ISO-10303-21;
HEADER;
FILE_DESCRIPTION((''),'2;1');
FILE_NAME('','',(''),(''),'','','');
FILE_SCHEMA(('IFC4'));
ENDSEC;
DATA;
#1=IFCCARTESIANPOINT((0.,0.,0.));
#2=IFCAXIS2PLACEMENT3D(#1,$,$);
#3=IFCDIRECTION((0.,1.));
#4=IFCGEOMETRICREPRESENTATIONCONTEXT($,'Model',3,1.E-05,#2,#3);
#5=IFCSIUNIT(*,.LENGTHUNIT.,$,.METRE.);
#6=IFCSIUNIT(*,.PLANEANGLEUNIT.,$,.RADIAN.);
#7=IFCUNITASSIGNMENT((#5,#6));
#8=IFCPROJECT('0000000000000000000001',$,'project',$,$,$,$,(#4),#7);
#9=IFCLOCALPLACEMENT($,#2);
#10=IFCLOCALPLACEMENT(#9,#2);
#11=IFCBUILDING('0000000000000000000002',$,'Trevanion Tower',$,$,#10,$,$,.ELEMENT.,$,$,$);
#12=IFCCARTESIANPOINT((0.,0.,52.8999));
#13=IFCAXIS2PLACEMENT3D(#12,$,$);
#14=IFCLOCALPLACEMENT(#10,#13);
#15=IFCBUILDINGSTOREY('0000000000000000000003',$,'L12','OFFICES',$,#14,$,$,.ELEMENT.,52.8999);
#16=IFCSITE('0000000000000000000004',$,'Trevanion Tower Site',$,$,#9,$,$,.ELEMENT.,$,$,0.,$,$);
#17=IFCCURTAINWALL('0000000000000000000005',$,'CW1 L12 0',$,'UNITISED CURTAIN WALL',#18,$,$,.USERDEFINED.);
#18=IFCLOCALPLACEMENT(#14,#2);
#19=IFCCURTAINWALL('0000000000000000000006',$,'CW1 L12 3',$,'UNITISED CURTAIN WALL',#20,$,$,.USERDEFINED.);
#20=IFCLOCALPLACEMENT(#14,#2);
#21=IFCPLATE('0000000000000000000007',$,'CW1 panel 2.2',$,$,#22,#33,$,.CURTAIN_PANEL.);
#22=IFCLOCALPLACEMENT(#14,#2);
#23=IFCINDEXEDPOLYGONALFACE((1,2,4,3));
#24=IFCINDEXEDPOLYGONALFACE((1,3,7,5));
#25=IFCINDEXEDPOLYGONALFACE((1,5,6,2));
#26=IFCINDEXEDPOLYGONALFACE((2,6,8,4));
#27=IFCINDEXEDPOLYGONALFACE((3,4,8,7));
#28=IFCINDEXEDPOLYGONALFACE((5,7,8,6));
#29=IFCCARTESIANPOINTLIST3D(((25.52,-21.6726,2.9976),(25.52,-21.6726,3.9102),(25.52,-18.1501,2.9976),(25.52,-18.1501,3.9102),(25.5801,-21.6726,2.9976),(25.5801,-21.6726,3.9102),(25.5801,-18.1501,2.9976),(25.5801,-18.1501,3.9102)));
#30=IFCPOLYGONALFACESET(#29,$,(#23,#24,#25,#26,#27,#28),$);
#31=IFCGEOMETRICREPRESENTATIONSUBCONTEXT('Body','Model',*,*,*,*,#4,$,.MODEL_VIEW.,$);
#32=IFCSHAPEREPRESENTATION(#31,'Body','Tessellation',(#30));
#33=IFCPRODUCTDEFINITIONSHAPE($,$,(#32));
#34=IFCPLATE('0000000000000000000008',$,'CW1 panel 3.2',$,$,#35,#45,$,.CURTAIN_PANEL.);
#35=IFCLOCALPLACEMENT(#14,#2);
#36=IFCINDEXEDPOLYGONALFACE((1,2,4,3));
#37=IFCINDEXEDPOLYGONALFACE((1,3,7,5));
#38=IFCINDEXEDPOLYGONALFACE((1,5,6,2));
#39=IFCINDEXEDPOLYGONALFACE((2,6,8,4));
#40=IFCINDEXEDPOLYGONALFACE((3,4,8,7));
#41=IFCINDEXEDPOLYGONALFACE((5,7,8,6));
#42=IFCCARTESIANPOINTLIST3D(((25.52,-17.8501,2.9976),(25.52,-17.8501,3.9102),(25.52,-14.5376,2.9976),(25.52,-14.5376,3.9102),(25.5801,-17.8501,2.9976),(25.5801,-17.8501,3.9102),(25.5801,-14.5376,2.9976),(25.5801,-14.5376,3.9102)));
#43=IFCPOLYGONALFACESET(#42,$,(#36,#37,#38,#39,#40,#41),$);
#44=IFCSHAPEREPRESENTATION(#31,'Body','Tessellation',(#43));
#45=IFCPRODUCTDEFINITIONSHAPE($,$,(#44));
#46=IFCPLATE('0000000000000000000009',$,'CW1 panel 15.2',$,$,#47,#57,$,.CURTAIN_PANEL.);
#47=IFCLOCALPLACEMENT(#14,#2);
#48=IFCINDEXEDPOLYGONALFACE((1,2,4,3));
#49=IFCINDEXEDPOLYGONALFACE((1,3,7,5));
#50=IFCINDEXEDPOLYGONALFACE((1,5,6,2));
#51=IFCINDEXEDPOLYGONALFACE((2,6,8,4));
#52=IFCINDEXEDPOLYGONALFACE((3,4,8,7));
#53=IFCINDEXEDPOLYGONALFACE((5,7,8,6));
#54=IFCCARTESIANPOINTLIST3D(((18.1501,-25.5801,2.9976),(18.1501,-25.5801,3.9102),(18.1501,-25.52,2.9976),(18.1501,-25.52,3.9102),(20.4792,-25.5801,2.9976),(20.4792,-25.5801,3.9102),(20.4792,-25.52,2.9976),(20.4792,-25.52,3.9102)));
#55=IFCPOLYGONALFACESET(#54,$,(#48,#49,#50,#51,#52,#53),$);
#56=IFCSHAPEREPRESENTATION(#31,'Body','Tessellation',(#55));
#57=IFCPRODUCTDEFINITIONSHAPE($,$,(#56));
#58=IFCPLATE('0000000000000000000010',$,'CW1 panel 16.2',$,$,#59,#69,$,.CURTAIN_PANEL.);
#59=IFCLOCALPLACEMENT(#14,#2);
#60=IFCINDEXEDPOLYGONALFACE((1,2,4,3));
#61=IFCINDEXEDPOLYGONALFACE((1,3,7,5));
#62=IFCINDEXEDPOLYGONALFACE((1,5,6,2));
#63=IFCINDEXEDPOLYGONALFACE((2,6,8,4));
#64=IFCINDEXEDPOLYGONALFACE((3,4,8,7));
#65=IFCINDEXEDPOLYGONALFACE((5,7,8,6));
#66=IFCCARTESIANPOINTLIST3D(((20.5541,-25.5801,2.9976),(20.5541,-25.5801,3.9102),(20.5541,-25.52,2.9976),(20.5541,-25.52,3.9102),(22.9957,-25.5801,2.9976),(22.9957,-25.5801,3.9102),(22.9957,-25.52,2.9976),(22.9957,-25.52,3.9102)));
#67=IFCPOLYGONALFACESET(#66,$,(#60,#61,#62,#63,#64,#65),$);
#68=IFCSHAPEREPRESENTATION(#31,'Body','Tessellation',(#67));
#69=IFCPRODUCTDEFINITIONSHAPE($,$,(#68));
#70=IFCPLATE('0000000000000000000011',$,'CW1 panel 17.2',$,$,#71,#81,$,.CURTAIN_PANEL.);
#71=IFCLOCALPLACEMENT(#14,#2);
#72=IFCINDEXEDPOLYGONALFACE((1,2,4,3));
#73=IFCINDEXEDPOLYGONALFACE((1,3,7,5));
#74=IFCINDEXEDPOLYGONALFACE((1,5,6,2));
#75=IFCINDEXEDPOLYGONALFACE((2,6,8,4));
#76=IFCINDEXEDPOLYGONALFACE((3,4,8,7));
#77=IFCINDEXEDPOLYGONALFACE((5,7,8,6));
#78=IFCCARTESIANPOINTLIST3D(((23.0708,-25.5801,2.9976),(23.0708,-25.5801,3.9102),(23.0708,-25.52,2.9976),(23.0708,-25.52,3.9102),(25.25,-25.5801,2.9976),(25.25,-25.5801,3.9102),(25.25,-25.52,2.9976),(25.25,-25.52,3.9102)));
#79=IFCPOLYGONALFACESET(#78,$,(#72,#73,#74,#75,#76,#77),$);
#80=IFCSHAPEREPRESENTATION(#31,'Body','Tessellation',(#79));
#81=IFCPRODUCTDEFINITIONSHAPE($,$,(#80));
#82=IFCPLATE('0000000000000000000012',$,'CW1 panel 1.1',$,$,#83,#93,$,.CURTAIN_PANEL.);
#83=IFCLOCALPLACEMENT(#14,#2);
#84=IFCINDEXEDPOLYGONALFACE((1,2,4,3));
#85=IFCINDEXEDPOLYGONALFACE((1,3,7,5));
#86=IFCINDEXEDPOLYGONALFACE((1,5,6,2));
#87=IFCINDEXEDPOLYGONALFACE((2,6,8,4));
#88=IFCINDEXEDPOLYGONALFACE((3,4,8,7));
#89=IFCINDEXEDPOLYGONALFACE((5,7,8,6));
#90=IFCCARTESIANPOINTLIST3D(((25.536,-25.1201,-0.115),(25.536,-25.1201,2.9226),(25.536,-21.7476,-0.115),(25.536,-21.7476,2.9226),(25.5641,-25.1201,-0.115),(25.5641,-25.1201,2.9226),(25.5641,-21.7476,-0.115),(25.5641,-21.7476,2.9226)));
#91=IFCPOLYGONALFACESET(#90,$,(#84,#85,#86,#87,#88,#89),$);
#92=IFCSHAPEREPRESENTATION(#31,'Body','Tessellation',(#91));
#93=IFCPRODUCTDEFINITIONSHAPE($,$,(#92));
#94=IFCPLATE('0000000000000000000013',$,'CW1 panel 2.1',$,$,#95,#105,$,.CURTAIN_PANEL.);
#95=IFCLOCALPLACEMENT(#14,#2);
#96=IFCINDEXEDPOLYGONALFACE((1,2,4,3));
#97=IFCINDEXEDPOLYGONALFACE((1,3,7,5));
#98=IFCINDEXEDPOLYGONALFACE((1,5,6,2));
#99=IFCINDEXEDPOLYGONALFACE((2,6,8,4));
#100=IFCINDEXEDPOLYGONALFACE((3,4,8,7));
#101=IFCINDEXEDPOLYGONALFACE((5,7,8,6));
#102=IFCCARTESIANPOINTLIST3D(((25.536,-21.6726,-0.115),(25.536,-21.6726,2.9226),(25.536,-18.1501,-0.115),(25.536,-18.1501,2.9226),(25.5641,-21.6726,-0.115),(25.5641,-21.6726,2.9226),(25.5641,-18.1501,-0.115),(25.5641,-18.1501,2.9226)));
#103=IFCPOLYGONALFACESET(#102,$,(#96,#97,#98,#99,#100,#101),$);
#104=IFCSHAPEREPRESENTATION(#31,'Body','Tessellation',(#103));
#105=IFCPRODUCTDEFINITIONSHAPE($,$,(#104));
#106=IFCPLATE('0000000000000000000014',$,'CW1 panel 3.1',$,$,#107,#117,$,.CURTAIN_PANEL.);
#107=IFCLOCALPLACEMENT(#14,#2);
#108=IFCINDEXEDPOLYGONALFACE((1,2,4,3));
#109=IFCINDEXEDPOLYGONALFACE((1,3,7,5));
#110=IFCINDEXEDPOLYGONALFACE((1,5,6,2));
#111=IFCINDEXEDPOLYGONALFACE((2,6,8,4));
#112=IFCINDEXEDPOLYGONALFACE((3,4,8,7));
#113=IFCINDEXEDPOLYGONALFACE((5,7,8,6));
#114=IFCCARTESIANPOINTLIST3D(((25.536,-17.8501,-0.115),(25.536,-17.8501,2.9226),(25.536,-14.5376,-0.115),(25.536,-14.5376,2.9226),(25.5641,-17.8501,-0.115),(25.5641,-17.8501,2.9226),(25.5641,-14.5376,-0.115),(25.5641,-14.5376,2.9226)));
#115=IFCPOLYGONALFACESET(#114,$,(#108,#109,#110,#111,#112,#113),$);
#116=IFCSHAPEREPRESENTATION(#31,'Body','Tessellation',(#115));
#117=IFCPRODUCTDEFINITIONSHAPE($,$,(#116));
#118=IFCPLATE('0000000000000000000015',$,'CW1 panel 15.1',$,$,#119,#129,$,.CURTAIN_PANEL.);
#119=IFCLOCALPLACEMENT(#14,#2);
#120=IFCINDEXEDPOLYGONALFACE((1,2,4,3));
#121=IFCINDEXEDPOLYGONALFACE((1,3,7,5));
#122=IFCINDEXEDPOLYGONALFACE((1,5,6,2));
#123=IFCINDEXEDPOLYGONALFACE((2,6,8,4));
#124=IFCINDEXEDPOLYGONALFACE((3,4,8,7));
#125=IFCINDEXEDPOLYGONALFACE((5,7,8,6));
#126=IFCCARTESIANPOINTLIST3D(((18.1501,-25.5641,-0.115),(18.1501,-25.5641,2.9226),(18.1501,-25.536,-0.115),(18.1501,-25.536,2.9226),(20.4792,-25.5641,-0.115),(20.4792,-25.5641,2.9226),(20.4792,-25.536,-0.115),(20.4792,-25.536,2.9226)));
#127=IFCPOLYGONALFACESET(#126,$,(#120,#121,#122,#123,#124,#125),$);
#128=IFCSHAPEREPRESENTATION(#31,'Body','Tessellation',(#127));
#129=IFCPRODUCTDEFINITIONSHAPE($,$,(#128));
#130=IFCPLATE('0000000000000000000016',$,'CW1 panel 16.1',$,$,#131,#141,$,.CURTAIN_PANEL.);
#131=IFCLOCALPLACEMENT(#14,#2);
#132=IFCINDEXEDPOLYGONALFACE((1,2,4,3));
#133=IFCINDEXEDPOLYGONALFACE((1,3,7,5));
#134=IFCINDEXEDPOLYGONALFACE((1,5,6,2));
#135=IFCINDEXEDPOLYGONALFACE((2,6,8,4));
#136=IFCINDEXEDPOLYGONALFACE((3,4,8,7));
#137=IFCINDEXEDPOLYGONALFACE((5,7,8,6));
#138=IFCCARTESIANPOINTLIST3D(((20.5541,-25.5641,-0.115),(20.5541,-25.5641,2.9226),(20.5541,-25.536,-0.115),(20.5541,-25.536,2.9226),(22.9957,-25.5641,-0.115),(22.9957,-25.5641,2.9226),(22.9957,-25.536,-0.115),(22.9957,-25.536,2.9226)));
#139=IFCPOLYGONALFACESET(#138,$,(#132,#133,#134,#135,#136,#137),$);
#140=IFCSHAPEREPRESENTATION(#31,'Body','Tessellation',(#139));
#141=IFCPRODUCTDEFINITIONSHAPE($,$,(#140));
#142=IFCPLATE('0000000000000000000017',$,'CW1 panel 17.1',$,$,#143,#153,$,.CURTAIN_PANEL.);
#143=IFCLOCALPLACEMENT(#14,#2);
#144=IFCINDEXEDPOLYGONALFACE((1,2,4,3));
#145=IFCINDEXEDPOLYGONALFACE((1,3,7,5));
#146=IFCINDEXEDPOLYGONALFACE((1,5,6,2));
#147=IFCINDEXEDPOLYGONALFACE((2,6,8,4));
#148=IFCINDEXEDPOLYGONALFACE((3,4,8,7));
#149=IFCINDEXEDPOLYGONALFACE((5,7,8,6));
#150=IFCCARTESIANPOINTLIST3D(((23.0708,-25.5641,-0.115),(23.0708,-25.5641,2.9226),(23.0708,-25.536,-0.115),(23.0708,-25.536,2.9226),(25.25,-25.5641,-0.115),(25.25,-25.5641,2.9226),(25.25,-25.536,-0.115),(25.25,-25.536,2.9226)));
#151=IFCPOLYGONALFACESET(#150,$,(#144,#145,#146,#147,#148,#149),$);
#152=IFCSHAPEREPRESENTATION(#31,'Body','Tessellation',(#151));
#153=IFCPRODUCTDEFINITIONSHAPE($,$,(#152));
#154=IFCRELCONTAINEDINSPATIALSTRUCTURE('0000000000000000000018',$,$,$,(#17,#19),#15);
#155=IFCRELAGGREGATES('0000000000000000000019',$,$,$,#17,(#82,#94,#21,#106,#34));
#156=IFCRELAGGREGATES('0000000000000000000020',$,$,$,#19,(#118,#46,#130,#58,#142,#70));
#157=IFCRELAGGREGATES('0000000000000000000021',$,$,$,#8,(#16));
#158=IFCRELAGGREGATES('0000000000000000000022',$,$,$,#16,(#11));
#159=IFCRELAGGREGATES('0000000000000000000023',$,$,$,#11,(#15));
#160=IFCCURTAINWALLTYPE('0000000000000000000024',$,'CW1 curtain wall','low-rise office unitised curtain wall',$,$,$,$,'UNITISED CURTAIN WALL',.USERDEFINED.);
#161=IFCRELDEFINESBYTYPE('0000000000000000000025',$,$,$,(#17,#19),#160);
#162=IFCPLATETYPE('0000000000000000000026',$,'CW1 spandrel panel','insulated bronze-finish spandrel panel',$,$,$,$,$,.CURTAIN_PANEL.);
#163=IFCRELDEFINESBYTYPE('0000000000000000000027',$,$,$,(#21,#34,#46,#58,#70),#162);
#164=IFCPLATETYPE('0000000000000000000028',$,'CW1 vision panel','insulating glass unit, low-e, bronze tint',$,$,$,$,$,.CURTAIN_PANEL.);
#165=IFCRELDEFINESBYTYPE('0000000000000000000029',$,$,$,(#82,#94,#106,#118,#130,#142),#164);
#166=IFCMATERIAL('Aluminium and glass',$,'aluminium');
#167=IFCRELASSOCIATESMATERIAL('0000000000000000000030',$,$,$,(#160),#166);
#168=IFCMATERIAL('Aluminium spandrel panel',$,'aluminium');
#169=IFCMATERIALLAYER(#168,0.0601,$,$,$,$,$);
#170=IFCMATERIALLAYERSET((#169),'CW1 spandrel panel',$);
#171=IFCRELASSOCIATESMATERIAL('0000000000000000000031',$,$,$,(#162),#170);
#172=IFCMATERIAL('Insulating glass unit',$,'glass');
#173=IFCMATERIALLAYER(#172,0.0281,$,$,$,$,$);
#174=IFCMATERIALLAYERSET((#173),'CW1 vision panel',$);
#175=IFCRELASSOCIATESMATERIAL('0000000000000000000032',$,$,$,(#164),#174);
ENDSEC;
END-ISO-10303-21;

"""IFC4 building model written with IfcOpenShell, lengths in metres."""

from ifc_helpers import new_model, si_unit, direction, frame, origin, origin_2d, place, context, subcontext, project, spatial, rectangle, extrude, material, layer, layer_set, type_object, element, aggregate, save


model = new_model("IFC4")

# Units and contexts
model_context = context("Model", 3, precision=1e-05, world=origin(), true_north=direction((0.0, 1.0)))
body_context = subcontext(model_context, "Body", "Model", "MODEL_VIEW")
ifc_project = project(units=[si_unit("LENGTHUNIT", "METRE"), si_unit("PLANEANGLEUNIT", "RADIAN")], contexts=[model_context])

# Site, building, storey
site_placement = place(None, origin())
site = spatial("IfcSite", under=ifc_project, at=site_placement, Name="Trevanion Tower Site", CompositionType="ELEMENT", RefElevation=0.0)
building_placement = place(site_placement, origin())
building = spatial("IfcBuilding", under=site, at=building_placement, Name="Trevanion Tower", CompositionType="ELEMENT")
storey_placement = place(building_placement, frame((0.0, 0.0, 52.8999)))
storey = spatial("IfcBuildingStorey", under=building, at=storey_placement, Name="L12", Description="OFFICES", CompositionType="ELEMENT", Elevation=52.8999)

# Curtain wall
ifc_material_1 = material(Name="Aluminium and glass", Category="aluminium")
curtain_wall_type = type_object("IfcCurtainWallType", Name="CW1 curtain wall", Description="low-rise office unitised curtain wall", ElementType="UNITISED CURTAIN WALL", PredefinedType="USERDEFINED", material=ifc_material_1)
curtain_wall_1_placement = place(storey_placement, origin())
curtain_wall_1 = element("IfcCurtainWall", 1, at=curtain_wall_1_placement, inside=storey, type_object=curtain_wall_type, Name="CW1 L12 0", ObjectType="UNITISED CURTAIN WALL", PredefinedType="USERDEFINED")

# Curtain wall
curtain_wall_2_placement = place(storey_placement, origin())
curtain_wall_2 = element("IfcCurtainWall", 2, at=curtain_wall_2_placement, inside=storey, type_object=curtain_wall_type, Name="CW1 L12 3", ObjectType="UNITISED CURTAIN WALL", PredefinedType="USERDEFINED")

# Plates
ifc_material_2 = material(Name="Aluminium spandrel panel", Category="aluminium")
ifc_layer_1 = layer(ifc_material_2, 0.0601)
ifc_layer_set_1 = layer_set([ifc_layer_1], Name="CW1 spandrel panel")
plate_type_1 = type_object("IfcPlateType", Name="CW1 spandrel panel", Description="insulated bronze-finish spandrel panel", PredefinedType="CURTAIN_PANEL", material=ifc_layer_set_1)
plate_1_placement = place(storey_placement, frame((25.55, -19.9114, 2.9976), z_axis=(0.0, 0.0, 1.0), x_axis=(0.0, 1.0, 0.0)))
plate_1 = element("IfcPlate", 3, at=plate_1_placement, type_object=plate_type_1, Name="CW1 panel 2.2", PredefinedType="CURTAIN_PANEL", context=body_context, shape_type="SweptSolid", body=[
    extrude(rectangle(XDim=3.5225, YDim=0.0601, at=origin_2d()), origin(), (0.0, 0.0, 1.0), 0.9126),
])
plate_2_placement = place(storey_placement, frame((25.55, -16.1938, 2.9976), z_axis=(0.0, 0.0, 1.0), x_axis=(0.0, 1.0, 0.0)))
plate_2 = element("IfcPlate", 4, at=plate_2_placement, type_object=plate_type_1, Name="CW1 panel 3.2", PredefinedType="CURTAIN_PANEL", context=body_context, shape_type="SweptSolid", body=[
    extrude(rectangle(XDim=3.3125, YDim=0.0601, at=origin_2d()), origin(), (0.0, 0.0, 1.0), 0.9126),
])
plate_3_placement = place(storey_placement, frame((19.3147, -25.55, 2.9976), z_axis=(0.0, 0.0, 1.0), x_axis=(1.0, 0.0, 0.0)))
plate_3 = element("IfcPlate", 5, at=plate_3_placement, type_object=plate_type_1, Name="CW1 panel 15.2", PredefinedType="CURTAIN_PANEL", context=body_context, shape_type="SweptSolid", body=[
    extrude(rectangle(XDim=2.3291, YDim=0.0601, at=origin_2d()), origin(), (0.0, 0.0, 1.0), 0.9126),
])
plate_4_placement = place(storey_placement, frame((21.7749, -25.55, 2.9976), z_axis=(0.0, 0.0, 1.0), x_axis=(1.0, 0.0, 0.0)))
plate_4 = element("IfcPlate", 6, at=plate_4_placement, type_object=plate_type_1, Name="CW1 panel 16.2", PredefinedType="CURTAIN_PANEL", context=body_context, shape_type="SweptSolid", body=[
    extrude(rectangle(XDim=2.4417, YDim=0.0601, at=origin_2d()), origin(), (0.0, 0.0, 1.0), 0.9126),
])
plate_5_placement = place(storey_placement, frame((24.1604, -25.55, 2.9976), z_axis=(0.0, 0.0, 1.0), x_axis=(1.0, 0.0, 0.0)))
plate_5 = element("IfcPlate", 7, at=plate_5_placement, type_object=plate_type_1, Name="CW1 panel 17.2", PredefinedType="CURTAIN_PANEL", context=body_context, shape_type="SweptSolid", body=[
    extrude(rectangle(XDim=2.1792, YDim=0.0601, at=origin_2d()), origin(), (0.0, 0.0, 1.0), 0.9126),
])
ifc_material_3 = material(Name="Insulating glass unit", Category="glass")
ifc_layer_2 = layer(ifc_material_3, 0.0281)
ifc_layer_set_2 = layer_set([ifc_layer_2], Name="CW1 vision panel")
plate_type_2 = type_object("IfcPlateType", Name="CW1 vision panel", Description="insulating glass unit, low-e, bronze tint", PredefinedType="CURTAIN_PANEL", material=ifc_layer_set_2)
plate_6_placement = place(storey_placement, frame((25.55, -23.4338, -0.115), z_axis=(0.0, 0.0, 1.0), x_axis=(0.0, 1.0, 0.0)))
plate_6 = element("IfcPlate", 8, at=plate_6_placement, type_object=plate_type_2, Name="CW1 panel 1.1", PredefinedType="CURTAIN_PANEL", context=body_context, shape_type="SweptSolid", body=[
    extrude(rectangle(XDim=3.3726, YDim=0.0281, at=origin_2d()), origin(), (0.0, 0.0, 1.0), 3.0376),
])
plate_7_placement = place(storey_placement, frame((25.55, -19.9114, -0.115), z_axis=(0.0, 0.0, 1.0), x_axis=(0.0, 1.0, 0.0)))
plate_7 = element("IfcPlate", 9, at=plate_7_placement, type_object=plate_type_2, Name="CW1 panel 2.1", PredefinedType="CURTAIN_PANEL", context=body_context, shape_type="SweptSolid", body=[
    extrude(rectangle(XDim=3.5225, YDim=0.0281, at=origin_2d()), origin(), (0.0, 0.0, 1.0), 3.0376),
])
plate_8_placement = place(storey_placement, frame((25.55, -16.1938, -0.115), z_axis=(0.0, 0.0, 1.0), x_axis=(0.0, 1.0, 0.0)))
plate_8 = element("IfcPlate", 10, at=plate_8_placement, type_object=plate_type_2, Name="CW1 panel 3.1", PredefinedType="CURTAIN_PANEL", context=body_context, shape_type="SweptSolid", body=[
    extrude(rectangle(XDim=3.3125, YDim=0.0281, at=origin_2d()), origin(), (0.0, 0.0, 1.0), 3.0376),
])
aggregate(curtain_wall_1, [plate_6, plate_7, plate_1, plate_8, plate_2])
plate_9_placement = place(storey_placement, frame((19.3147, -25.55, -0.115), z_axis=(0.0, 0.0, 1.0), x_axis=(1.0, 0.0, 0.0)))
plate_9 = element("IfcPlate", 11, at=plate_9_placement, type_object=plate_type_2, Name="CW1 panel 15.1", PredefinedType="CURTAIN_PANEL", context=body_context, shape_type="SweptSolid", body=[
    extrude(rectangle(XDim=2.3291, YDim=0.0281, at=origin_2d()), origin(), (0.0, 0.0, 1.0), 3.0376),
])
plate_10_placement = place(storey_placement, frame((21.7749, -25.55, -0.115), z_axis=(0.0, 0.0, 1.0), x_axis=(1.0, 0.0, 0.0)))
plate_10 = element("IfcPlate", 12, at=plate_10_placement, type_object=plate_type_2, Name="CW1 panel 16.1", PredefinedType="CURTAIN_PANEL", context=body_context, shape_type="SweptSolid", body=[
    extrude(rectangle(XDim=2.4417, YDim=0.0281, at=origin_2d()), origin(), (0.0, 0.0, 1.0), 3.0376),
])
plate_11_placement = place(storey_placement, frame((24.1604, -25.55, -0.115), z_axis=(0.0, 0.0, 1.0), x_axis=(1.0, 0.0, 0.0)))
plate_11 = element("IfcPlate", 13, at=plate_11_placement, type_object=plate_type_2, Name="CW1 panel 17.1", PredefinedType="CURTAIN_PANEL", context=body_context, shape_type="SweptSolid", body=[
    extrude(rectangle(XDim=2.1792, YDim=0.0281, at=origin_2d()), origin(), (0.0, 0.0, 1.0), 3.0376),
])
aggregate(curtain_wall_2, [plate_9, plate_3, plate_10, plate_4, plate_11, plate_5])

save(model, "model.ifc")
